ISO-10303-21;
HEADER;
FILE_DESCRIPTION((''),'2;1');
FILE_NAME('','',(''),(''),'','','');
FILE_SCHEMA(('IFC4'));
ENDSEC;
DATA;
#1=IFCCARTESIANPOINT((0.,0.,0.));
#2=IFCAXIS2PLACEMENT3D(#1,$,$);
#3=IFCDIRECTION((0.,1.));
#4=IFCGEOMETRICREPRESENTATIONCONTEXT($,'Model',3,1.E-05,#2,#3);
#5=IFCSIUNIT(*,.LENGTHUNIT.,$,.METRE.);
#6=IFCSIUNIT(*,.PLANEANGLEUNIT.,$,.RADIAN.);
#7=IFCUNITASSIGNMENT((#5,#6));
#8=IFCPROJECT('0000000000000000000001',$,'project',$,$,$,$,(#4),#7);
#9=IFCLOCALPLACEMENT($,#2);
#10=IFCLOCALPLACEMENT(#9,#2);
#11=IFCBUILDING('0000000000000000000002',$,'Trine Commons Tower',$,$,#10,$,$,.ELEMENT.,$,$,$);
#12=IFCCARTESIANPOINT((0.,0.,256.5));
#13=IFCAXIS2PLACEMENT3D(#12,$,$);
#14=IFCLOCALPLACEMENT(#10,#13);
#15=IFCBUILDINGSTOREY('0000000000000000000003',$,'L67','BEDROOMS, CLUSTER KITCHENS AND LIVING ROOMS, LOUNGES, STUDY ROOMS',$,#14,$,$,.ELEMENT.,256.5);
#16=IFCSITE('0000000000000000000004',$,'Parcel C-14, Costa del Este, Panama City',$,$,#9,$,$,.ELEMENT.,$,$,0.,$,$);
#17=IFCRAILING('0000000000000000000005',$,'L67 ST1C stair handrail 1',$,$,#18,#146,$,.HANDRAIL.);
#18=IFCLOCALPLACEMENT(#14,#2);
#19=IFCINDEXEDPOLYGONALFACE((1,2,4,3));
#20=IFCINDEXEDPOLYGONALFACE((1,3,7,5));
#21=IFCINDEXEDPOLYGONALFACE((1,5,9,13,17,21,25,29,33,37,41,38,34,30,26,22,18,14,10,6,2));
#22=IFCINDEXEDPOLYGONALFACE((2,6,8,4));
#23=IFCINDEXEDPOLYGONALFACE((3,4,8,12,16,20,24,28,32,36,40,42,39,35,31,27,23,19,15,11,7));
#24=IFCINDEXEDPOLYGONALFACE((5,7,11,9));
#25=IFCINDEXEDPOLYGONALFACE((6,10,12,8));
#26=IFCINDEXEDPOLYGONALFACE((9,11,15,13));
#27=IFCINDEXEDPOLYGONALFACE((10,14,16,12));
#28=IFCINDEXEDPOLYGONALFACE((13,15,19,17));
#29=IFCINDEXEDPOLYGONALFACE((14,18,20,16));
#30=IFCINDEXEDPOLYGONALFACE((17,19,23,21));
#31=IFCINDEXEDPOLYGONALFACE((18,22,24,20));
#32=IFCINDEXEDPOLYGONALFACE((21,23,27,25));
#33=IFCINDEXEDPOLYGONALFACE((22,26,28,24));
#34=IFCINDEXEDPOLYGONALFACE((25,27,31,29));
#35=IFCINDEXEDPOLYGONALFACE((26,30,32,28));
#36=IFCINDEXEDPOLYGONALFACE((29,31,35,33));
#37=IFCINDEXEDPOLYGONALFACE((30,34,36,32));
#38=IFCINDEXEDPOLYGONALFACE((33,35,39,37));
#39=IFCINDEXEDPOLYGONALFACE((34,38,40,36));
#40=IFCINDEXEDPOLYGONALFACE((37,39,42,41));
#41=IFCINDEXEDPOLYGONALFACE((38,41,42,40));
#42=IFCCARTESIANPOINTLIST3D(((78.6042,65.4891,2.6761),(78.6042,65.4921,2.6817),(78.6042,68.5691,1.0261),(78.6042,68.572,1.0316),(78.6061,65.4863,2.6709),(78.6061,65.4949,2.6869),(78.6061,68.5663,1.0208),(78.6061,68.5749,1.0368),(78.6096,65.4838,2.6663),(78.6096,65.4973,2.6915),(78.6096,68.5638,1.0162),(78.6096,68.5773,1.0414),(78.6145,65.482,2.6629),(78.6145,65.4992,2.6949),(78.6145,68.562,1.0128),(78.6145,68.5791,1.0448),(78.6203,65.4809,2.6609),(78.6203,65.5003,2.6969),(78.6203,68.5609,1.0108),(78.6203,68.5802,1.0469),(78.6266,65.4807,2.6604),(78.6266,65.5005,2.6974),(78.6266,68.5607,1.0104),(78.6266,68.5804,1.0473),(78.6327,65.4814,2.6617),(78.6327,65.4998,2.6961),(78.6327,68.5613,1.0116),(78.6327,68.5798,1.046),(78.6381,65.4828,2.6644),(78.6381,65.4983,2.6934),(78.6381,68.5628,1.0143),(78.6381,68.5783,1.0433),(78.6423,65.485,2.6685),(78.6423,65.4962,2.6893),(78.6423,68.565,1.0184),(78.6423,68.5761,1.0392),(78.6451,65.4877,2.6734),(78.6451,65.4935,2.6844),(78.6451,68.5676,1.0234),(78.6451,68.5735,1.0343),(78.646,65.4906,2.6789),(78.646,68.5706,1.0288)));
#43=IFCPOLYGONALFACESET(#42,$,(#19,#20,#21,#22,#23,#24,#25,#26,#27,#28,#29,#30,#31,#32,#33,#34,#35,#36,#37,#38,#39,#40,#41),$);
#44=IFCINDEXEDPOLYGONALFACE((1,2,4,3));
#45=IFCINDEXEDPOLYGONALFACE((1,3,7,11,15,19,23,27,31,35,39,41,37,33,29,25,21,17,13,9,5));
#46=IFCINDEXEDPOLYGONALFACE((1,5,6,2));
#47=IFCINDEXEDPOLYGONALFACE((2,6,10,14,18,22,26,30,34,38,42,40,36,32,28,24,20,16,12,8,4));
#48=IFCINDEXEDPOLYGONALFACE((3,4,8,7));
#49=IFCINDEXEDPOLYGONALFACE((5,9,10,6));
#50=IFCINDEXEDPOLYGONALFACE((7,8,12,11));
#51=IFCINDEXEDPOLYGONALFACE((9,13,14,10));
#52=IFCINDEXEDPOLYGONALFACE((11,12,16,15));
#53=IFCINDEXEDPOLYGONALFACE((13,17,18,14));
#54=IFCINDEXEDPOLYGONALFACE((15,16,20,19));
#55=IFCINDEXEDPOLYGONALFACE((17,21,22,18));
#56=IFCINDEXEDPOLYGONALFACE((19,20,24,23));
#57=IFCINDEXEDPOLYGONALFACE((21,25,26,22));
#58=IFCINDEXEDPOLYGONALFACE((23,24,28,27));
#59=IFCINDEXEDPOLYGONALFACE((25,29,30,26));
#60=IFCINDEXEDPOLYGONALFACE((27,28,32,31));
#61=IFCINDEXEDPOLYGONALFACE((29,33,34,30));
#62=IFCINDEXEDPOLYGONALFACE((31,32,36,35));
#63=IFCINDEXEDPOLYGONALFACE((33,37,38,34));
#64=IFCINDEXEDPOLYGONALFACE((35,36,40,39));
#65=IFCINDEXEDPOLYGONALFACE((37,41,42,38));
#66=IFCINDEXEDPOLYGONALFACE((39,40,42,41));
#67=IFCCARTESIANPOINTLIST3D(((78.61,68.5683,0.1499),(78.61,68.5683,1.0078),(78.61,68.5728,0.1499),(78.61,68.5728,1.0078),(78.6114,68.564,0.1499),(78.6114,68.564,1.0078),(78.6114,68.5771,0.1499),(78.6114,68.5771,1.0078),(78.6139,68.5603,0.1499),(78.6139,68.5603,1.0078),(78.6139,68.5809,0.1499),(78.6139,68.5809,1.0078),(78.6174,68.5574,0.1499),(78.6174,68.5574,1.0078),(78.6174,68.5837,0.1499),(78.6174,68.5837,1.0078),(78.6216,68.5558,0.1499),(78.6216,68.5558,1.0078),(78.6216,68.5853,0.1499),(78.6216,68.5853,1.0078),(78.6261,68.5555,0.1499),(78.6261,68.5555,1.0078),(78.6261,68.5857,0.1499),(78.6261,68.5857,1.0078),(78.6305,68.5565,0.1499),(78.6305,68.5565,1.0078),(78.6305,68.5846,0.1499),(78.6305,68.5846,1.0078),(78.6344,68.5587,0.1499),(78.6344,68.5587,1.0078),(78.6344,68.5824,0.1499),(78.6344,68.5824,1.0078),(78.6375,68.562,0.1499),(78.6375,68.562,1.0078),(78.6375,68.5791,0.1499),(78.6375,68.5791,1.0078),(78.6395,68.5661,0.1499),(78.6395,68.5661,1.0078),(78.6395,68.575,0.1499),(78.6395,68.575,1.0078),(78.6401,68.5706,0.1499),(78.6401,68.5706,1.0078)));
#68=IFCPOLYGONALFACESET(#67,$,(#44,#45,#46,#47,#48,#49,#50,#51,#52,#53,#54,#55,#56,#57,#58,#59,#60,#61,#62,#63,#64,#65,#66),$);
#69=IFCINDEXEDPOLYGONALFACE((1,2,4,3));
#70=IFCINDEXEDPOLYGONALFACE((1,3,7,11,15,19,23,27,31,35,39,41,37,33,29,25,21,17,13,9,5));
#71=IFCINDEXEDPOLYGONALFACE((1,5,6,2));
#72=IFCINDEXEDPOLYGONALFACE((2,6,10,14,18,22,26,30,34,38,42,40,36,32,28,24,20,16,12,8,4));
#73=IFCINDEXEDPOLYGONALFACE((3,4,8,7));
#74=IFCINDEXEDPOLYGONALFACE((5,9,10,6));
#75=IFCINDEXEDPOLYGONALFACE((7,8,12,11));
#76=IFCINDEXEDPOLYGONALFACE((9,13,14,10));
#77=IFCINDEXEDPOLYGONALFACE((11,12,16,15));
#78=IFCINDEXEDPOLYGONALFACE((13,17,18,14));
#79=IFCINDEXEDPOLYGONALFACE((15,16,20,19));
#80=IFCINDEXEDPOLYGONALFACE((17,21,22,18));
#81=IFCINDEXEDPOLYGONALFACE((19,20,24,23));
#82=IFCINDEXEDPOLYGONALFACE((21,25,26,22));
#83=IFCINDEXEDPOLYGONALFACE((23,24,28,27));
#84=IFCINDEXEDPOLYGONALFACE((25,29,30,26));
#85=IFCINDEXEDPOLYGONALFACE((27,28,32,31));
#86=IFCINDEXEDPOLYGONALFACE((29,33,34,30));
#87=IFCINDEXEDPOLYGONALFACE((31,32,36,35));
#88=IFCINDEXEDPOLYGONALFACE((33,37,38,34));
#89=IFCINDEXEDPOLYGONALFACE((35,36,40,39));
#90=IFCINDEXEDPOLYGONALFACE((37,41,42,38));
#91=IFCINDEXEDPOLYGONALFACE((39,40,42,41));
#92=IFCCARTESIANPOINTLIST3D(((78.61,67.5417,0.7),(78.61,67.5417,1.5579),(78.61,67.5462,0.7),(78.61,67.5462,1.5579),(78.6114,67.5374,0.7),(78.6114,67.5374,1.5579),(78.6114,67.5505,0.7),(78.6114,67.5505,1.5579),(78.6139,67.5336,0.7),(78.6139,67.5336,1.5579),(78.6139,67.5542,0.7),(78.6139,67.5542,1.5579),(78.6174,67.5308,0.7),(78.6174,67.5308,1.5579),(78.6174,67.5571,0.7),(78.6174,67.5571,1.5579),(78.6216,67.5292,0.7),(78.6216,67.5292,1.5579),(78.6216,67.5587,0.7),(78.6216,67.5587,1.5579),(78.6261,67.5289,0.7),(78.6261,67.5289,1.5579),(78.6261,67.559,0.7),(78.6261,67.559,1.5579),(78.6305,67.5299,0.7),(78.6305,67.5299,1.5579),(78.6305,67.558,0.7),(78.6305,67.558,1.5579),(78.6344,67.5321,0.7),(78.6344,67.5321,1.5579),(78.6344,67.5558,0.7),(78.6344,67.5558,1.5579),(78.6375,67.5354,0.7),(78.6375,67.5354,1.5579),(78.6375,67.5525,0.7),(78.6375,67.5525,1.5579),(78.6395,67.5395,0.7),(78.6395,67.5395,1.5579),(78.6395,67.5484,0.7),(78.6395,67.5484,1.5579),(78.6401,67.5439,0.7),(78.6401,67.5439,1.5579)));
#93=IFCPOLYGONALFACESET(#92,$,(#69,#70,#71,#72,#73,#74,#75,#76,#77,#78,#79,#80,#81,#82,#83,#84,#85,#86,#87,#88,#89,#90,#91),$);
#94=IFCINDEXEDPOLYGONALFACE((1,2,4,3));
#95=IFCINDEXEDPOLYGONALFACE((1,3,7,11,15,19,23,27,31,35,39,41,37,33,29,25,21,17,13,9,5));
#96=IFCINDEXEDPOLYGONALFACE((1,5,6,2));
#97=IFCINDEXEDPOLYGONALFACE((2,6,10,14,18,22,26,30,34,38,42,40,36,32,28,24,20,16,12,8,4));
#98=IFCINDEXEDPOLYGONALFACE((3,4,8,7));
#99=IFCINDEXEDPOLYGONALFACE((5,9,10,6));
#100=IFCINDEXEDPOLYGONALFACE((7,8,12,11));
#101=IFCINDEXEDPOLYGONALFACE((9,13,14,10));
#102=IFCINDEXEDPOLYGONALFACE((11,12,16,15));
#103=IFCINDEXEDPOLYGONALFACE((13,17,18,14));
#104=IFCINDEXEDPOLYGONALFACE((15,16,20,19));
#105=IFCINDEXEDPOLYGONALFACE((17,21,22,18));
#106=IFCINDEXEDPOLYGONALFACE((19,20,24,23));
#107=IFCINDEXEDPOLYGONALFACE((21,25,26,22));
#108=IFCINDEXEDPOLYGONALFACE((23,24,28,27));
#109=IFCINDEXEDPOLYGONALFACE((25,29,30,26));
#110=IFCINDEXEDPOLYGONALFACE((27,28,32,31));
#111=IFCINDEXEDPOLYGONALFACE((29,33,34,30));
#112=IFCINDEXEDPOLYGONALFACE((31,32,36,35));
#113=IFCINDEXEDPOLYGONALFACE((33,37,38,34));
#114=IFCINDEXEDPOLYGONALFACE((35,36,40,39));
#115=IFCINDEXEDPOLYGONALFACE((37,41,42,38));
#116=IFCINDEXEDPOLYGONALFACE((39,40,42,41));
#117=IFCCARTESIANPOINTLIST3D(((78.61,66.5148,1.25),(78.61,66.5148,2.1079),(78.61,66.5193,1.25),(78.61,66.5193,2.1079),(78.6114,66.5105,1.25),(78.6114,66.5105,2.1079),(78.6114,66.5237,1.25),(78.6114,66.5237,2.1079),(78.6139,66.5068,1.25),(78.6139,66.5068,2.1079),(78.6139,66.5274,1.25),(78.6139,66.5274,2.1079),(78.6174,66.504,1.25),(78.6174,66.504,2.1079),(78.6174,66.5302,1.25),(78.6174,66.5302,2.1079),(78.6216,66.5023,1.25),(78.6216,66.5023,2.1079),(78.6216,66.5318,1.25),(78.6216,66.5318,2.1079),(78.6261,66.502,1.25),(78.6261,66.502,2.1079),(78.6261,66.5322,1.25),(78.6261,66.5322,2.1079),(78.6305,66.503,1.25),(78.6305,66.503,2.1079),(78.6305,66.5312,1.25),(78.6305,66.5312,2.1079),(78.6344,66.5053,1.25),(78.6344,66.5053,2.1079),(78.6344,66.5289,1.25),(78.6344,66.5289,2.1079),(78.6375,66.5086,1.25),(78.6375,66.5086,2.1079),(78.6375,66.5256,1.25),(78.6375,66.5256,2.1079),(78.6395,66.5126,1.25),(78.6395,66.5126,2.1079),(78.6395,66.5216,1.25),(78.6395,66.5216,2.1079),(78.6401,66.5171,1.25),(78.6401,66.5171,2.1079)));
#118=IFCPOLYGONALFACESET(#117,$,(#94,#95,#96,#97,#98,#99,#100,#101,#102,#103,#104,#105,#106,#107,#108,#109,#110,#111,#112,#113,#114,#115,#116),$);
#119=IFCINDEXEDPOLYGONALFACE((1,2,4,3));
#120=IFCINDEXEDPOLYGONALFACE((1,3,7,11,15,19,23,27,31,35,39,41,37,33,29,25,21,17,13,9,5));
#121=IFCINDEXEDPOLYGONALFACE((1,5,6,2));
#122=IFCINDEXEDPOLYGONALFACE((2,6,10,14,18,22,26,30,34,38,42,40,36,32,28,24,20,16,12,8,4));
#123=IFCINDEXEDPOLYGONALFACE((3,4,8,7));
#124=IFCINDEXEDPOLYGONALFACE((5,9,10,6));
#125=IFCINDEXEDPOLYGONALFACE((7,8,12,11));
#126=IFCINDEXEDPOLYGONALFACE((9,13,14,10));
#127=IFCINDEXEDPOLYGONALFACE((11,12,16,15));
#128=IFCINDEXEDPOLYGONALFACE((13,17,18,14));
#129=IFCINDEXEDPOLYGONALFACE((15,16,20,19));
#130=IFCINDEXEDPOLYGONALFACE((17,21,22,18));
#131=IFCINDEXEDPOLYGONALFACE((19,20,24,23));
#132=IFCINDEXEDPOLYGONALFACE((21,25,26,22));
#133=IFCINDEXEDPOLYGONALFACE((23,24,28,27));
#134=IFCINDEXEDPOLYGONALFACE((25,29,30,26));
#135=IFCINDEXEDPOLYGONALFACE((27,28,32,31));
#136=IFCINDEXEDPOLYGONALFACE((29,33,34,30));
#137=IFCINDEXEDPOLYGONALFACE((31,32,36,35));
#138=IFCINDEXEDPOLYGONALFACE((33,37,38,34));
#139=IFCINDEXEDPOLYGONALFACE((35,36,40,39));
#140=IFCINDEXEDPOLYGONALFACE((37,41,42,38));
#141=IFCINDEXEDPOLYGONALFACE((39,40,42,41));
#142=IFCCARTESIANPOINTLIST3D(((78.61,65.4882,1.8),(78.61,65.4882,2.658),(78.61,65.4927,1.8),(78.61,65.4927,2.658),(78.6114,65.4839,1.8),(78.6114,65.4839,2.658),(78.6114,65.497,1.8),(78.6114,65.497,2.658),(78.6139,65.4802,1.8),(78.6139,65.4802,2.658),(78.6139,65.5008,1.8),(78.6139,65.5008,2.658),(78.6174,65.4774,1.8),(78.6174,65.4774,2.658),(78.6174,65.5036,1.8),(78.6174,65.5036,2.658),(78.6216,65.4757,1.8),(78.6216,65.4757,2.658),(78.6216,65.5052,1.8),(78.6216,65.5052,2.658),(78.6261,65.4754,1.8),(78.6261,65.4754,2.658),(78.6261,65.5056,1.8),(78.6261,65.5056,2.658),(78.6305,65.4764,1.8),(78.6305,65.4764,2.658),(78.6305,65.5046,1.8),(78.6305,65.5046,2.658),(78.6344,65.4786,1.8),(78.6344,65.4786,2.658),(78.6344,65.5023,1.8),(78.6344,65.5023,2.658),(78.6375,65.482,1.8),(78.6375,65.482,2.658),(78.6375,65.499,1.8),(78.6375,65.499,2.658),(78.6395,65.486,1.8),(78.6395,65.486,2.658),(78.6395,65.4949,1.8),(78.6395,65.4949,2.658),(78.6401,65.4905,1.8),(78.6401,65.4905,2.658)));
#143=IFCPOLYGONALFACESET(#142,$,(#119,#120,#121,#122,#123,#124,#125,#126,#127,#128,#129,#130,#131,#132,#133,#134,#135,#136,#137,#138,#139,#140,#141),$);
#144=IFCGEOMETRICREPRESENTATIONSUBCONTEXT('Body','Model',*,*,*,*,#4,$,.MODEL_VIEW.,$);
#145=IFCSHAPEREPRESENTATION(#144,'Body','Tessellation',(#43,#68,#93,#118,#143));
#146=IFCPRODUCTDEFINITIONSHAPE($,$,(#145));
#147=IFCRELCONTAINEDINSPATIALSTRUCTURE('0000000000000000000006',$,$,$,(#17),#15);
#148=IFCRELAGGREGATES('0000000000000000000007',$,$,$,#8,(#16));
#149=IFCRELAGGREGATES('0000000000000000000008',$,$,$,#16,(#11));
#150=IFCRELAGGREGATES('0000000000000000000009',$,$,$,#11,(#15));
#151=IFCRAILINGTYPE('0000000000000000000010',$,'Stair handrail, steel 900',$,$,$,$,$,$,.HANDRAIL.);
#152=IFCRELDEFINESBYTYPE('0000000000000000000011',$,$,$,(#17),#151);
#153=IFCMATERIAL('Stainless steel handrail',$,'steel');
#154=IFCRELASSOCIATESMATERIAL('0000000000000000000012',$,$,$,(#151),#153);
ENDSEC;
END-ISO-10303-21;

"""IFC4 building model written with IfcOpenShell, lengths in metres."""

from ifc_helpers import new_model, si_unit, direction, frame, origin, origin_2d, place, context, subcontext, project, spatial, circle, extrude, material, type_object, element, save


model = new_model("IFC4")

# Units and contexts
model_context = context("Model", 3, precision=1e-05, world=origin(), true_north=direction((0.0, 1.0)))
body_context = subcontext(model_context, "Body", "Model", "MODEL_VIEW")
ifc_project = project(units=[si_unit("LENGTHUNIT", "METRE"), si_unit("PLANEANGLEUNIT", "RADIAN")], contexts=[model_context])

# Site, building, storey
site_placement = place(None, origin())
site = spatial("IfcSite", under=ifc_project, at=site_placement, Name="Parcel C-14, Costa del Este, Panama City", CompositionType="ELEMENT", RefElevation=0.0)
building_placement = place(site_placement, origin())
building = spatial("IfcBuilding", under=site, at=building_placement, Name="Trine Commons Tower", CompositionType="ELEMENT")
storey_placement = place(building_placement, frame((0.0, 0.0, 256.5)))
storey = spatial("IfcBuildingStorey", under=building, at=storey_placement, Name="L67", Description="BEDROOMS, CLUSTER KITCHENS AND LIVING ROOMS, LOUNGES, STUDY ROOMS", CompositionType="ELEMENT", Elevation=256.5)

# Railing
ifc_material_1 = material(Name="Stainless steel handrail", Category="steel")
railing_type = type_object("IfcRailingType", Name="Stair handrail, steel 900", PredefinedType="HANDRAIL", material=ifc_material_1)
railing_placement = place(storey_placement, frame((78.625, 68.5706, 0.1499)))
element("IfcRailing", 1, at=railing_placement, inside=storey, type_object=railing_type, Name="L67 ST1C stair handrail 1", PredefinedType="HANDRAIL", context=body_context, shape_type="SweptSolid", body=[
    extrude(circle(Radius=0.021, at=origin_2d()), frame((0.0, 0.0, 0.8789), z_axis=(0.0, -0.881468, 0.472245), x_axis=(1.0, 0.0, 0.0)), (0.0, 0.0, 1.0), 3.4941),
    extrude(circle(Radius=0.0151, at=origin_2d()), origin(), (0.0, 0.0, 1.0), 0.8579),
    extrude(circle(Radius=0.0151, at=origin_2d()), frame((0.0, -1.0266, 0.55)), (0.0, 0.0, 1.0), 0.8579),
    extrude(circle(Radius=0.0151, at=origin_2d()), frame((0.0, -2.0535, 1.1001)), (0.0, 0.0, 1.0), 0.8579),
    extrude(circle(Radius=0.0151, at=origin_2d()), frame((0.0, -3.0801, 1.6501)), (0.0, 0.0, 1.0), 0.8579),
])

save(model, "model.ifc")
